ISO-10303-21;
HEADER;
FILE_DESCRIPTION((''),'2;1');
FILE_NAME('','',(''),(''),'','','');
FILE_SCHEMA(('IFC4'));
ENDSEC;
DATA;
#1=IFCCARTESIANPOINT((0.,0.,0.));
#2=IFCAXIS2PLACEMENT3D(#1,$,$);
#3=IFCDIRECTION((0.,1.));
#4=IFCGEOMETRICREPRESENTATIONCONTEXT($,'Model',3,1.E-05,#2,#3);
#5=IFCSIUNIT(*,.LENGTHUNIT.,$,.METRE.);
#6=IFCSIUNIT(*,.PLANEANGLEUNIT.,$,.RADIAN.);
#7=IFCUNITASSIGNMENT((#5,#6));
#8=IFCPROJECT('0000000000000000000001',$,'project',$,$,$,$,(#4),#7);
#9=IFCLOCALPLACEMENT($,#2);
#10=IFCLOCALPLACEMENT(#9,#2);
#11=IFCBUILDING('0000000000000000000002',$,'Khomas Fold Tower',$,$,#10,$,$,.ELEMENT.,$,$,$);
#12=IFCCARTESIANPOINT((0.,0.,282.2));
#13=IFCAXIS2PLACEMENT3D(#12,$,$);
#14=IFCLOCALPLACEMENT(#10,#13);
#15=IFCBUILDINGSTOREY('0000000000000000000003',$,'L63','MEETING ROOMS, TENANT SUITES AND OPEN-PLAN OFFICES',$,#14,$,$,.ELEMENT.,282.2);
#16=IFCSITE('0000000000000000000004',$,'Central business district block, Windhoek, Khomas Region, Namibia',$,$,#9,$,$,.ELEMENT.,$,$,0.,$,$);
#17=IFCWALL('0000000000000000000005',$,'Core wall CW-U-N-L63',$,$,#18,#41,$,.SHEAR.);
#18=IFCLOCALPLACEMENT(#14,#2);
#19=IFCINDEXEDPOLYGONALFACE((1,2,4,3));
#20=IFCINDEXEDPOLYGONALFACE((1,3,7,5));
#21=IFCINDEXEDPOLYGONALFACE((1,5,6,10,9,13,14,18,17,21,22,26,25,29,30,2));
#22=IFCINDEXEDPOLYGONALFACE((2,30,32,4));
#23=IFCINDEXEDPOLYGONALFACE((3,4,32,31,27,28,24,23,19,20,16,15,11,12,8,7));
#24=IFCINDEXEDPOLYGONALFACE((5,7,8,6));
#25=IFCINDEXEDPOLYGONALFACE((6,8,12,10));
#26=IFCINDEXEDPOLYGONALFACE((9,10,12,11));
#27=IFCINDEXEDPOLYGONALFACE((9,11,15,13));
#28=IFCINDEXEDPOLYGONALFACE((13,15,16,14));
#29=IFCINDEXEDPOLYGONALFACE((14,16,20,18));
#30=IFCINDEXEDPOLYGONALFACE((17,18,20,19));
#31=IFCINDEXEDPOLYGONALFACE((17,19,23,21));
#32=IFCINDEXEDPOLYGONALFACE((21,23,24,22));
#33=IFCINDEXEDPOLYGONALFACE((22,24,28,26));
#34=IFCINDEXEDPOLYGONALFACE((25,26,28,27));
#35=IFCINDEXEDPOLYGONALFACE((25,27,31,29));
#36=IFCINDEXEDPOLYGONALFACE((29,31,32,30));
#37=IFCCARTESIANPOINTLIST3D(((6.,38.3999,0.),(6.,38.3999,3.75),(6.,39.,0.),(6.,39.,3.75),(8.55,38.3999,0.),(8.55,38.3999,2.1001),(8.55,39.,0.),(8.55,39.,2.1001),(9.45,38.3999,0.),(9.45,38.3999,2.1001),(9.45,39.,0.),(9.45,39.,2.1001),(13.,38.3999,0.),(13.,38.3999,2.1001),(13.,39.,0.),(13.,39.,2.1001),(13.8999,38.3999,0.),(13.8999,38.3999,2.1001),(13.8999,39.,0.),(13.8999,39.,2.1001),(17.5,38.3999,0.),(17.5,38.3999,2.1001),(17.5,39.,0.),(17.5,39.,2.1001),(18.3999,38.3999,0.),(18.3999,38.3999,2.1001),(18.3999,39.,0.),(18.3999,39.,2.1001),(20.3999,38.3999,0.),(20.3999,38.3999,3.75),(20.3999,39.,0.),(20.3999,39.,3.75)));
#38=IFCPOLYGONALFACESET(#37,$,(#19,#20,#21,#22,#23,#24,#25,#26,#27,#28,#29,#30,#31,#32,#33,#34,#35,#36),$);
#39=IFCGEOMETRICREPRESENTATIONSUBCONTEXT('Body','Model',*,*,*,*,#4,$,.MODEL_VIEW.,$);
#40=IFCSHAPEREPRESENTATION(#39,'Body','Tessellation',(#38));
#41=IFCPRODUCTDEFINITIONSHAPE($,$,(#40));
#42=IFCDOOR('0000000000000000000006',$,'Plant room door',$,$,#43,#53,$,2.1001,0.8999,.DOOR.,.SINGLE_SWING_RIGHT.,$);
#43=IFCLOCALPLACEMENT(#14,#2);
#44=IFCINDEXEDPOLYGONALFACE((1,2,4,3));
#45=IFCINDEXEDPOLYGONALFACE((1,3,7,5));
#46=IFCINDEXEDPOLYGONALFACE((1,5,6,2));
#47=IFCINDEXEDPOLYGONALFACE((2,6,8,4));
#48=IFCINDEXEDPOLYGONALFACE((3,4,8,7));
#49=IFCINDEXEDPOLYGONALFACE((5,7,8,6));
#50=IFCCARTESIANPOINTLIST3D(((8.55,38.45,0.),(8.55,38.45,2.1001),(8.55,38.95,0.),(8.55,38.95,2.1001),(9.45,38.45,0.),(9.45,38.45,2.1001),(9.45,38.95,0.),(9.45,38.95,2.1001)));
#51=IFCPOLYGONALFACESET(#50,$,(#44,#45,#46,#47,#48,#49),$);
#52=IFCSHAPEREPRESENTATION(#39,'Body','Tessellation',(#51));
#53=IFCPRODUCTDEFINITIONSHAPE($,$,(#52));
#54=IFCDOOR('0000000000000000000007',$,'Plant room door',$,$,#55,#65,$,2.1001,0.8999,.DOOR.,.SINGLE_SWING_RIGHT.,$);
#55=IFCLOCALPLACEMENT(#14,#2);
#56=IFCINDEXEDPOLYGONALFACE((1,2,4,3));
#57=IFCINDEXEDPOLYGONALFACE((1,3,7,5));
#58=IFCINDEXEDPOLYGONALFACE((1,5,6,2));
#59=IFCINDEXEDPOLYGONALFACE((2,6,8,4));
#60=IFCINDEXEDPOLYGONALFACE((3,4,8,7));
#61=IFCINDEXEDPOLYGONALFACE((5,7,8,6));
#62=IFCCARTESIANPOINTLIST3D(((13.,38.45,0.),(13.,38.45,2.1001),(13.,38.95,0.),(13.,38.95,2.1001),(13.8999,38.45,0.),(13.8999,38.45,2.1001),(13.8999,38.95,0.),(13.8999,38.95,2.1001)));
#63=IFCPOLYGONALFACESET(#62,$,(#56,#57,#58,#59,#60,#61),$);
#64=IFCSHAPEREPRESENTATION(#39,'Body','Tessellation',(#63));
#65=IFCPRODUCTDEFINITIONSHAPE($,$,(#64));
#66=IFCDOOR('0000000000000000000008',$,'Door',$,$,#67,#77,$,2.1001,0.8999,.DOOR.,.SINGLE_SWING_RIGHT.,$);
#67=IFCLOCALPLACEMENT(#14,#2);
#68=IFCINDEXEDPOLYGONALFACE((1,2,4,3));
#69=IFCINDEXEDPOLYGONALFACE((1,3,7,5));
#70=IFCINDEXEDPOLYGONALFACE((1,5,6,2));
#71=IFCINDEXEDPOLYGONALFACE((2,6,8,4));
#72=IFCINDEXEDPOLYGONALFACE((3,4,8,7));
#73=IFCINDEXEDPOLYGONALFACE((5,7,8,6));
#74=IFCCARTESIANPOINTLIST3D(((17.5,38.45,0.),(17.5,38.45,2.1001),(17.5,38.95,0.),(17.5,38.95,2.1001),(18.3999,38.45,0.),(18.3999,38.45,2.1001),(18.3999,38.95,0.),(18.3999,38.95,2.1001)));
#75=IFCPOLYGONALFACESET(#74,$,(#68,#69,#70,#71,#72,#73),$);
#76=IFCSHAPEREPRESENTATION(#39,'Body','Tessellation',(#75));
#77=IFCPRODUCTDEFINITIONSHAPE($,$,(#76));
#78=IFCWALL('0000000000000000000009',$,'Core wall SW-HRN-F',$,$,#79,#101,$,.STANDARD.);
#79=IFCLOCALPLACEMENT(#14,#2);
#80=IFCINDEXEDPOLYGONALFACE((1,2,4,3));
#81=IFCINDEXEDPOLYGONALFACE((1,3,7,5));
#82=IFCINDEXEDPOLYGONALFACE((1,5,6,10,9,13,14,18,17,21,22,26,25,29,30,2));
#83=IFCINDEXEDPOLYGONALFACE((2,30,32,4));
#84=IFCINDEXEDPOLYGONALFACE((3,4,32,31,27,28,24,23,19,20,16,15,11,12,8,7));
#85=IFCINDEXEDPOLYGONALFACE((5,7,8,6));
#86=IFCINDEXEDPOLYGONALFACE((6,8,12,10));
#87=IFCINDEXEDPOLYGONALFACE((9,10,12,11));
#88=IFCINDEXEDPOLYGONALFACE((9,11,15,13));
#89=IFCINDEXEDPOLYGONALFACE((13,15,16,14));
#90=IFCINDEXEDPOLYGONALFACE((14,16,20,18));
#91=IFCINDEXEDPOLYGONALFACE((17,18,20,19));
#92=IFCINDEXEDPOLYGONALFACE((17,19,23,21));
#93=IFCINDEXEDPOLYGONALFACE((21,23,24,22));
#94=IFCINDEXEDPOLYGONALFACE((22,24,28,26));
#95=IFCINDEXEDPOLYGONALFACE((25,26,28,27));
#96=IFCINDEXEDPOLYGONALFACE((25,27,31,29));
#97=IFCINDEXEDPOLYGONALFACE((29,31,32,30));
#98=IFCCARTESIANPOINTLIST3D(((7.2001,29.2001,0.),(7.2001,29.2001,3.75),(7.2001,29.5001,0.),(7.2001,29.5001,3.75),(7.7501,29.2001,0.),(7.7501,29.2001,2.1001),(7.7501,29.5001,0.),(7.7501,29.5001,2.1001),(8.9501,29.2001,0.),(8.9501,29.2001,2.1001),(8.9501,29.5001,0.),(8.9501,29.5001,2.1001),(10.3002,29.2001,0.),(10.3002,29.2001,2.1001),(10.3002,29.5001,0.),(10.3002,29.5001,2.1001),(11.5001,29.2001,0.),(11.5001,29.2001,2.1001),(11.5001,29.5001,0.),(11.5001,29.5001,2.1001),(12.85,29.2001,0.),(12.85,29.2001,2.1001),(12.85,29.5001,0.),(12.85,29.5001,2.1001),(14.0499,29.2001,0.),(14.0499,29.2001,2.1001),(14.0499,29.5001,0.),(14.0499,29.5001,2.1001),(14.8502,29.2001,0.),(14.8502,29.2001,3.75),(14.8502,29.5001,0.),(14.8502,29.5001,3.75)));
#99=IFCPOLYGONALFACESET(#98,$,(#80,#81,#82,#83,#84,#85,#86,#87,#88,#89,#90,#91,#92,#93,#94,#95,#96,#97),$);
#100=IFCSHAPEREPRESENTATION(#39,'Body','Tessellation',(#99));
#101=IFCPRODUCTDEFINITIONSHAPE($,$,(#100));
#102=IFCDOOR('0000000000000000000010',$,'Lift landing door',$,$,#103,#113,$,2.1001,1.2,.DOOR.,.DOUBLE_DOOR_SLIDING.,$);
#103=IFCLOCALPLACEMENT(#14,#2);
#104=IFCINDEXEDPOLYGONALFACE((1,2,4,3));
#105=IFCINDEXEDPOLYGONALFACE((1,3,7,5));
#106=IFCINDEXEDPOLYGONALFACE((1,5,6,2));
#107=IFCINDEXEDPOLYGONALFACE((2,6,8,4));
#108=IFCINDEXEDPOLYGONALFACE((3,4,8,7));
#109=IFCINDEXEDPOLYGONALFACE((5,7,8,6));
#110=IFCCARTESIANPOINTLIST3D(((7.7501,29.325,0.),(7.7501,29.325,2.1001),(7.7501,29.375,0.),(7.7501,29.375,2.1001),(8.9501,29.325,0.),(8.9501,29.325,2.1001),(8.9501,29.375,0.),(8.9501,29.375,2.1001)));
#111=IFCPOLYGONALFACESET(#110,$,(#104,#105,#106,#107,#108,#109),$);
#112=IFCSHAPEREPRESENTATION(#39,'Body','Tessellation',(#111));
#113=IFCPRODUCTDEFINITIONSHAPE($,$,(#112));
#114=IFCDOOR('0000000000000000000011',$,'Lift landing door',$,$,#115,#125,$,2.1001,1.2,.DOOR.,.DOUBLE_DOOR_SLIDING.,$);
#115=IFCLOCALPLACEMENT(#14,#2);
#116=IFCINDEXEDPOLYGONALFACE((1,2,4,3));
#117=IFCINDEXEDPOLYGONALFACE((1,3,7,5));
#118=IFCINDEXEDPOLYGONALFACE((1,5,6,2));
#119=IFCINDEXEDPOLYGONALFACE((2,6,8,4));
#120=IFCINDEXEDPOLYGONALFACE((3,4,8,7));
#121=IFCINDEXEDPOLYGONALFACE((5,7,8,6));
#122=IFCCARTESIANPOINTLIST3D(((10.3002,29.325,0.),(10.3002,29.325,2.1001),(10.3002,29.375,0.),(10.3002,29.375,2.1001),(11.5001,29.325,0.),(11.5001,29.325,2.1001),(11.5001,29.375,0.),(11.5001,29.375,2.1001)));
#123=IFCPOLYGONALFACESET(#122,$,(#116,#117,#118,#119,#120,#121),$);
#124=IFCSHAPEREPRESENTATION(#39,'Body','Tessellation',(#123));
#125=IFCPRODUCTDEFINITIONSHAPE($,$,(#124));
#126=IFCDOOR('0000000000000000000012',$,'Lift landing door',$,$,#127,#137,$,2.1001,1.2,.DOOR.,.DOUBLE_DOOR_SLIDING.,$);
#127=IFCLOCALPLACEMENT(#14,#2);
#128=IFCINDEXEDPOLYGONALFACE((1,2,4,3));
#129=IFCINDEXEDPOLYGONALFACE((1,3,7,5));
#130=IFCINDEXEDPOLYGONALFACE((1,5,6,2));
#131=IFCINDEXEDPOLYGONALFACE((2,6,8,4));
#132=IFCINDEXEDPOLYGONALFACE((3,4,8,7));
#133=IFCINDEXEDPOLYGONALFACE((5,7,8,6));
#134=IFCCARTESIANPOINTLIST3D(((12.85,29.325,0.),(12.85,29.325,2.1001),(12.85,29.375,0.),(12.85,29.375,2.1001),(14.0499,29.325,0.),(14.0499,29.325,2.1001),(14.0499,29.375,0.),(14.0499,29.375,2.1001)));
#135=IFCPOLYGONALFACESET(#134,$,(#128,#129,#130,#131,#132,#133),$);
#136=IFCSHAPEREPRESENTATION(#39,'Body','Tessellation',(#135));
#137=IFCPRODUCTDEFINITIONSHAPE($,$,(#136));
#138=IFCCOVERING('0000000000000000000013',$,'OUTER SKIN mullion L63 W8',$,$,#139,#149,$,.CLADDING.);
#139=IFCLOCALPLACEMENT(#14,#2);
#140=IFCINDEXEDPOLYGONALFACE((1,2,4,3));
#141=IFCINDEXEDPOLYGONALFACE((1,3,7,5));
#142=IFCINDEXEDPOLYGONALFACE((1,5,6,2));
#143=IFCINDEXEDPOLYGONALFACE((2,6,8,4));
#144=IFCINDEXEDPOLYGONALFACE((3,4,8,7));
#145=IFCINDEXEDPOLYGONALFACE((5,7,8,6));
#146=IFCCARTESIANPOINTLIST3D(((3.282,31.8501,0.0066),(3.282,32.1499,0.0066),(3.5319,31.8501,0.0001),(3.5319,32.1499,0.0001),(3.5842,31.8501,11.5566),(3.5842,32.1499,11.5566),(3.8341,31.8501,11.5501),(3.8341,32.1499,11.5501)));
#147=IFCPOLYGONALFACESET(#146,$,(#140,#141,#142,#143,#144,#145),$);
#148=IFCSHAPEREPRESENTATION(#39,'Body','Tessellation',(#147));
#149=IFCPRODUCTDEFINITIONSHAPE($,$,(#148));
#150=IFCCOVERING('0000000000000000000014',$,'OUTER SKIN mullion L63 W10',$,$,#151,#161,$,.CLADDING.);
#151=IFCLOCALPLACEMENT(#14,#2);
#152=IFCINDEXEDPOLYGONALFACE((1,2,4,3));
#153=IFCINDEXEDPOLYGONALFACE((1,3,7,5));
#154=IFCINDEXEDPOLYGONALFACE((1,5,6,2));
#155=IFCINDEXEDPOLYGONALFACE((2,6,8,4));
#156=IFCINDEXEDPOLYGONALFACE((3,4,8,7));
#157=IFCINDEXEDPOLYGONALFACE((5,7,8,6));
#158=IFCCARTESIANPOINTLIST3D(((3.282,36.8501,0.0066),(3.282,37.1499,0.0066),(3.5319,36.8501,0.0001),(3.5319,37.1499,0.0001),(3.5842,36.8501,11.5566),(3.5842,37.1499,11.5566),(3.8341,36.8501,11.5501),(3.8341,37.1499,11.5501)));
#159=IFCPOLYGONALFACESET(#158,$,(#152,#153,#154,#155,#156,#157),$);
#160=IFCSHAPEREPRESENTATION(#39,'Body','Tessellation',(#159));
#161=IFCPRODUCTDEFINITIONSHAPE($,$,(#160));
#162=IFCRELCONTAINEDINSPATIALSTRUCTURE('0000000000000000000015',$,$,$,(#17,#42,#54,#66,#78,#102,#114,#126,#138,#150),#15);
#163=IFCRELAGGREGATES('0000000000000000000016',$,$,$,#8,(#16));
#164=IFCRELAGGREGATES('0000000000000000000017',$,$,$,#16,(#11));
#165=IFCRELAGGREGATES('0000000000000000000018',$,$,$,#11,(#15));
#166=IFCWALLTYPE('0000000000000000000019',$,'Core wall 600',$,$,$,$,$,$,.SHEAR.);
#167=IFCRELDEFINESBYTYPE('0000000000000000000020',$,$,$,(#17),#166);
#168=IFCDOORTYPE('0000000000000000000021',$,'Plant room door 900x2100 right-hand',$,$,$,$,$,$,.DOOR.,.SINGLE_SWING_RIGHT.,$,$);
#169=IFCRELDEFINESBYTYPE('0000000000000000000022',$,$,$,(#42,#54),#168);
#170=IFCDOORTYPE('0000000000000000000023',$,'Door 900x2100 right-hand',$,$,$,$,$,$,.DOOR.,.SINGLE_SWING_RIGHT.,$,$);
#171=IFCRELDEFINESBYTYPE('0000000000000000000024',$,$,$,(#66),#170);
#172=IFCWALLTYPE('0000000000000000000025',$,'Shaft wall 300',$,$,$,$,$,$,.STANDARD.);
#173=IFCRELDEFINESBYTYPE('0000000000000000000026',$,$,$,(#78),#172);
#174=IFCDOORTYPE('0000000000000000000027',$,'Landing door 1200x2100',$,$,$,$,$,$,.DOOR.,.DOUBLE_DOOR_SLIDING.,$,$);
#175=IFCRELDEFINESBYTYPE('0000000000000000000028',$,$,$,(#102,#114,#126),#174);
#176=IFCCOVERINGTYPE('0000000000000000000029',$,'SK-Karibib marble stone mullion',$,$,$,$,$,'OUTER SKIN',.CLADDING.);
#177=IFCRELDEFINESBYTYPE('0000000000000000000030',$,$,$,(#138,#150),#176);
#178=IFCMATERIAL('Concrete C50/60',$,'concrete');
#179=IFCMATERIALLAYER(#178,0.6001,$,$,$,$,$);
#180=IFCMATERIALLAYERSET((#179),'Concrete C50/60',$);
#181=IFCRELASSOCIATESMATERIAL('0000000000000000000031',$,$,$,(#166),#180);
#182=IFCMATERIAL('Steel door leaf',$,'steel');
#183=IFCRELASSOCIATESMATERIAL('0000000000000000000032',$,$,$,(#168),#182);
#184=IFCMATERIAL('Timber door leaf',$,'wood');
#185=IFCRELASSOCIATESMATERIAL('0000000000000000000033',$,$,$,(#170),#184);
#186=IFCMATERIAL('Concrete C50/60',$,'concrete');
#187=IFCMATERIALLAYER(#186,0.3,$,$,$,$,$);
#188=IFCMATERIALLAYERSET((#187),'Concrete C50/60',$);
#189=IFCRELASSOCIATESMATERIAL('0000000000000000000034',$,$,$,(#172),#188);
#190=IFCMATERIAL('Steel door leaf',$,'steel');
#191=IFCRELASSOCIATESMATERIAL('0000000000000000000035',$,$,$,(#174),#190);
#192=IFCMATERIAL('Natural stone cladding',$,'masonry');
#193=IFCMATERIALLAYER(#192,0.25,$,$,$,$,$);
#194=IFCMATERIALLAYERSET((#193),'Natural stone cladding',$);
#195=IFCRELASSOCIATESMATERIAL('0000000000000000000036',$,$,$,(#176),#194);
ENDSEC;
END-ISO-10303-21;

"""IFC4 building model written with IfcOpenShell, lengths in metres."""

from ifc_helpers import new_model, si_unit, direction, frame, frame_2d, origin, place, context, subcontext, project, spatial, polyline, rectangle, outline, extrude, source, transform, mapped, material, layer, layer_set, type_object, element, fill, save


model = new_model("IFC4")

# Units and contexts
model_context = context("Model", 3, precision=1e-05, world=origin(), true_north=direction((0.0, 1.0)))
body_context = subcontext(model_context, "Body", "Model", "MODEL_VIEW")
ifc_project = project(units=[si_unit("LENGTHUNIT", "METRE"), si_unit("PLANEANGLEUNIT", "RADIAN")], contexts=[model_context])

# Site, building, storey
site_placement = place(None, origin())
site = spatial("IfcSite", under=ifc_project, at=site_placement, Name="Central business district block, Windhoek, Khomas Region, Namibia", CompositionType="ELEMENT", RefElevation=0.0)
building_placement = place(site_placement, origin())
building = spatial("IfcBuilding", under=site, at=building_placement, Name="Khomas Fold Tower", CompositionType="ELEMENT")
storey_placement = place(building_placement, frame((0.0, 0.0, 282.2)))
storey = spatial("IfcBuildingStorey", under=building, at=storey_placement, Name="L63", Description="MEETING ROOMS, TENANT SUITES AND OPEN-PLAN OFFICES", CompositionType="ELEMENT", Elevation=282.2)

# Walls, openings, doors
ifc_material_1 = material(Name="Concrete C50/60", Category="concrete")
ifc_layer_1 = layer(ifc_material_1, 0.6001)
ifc_layer_set_1 = layer_set([ifc_layer_1], Name="Concrete C50/60")
wall_type_1 = type_object("IfcWallType", Name="Core wall 600", PredefinedType="SHEAR", material=ifc_layer_set_1)
shared_shape_1 = source(origin(), body_context, "Body", "SweptSolid", [
    extrude(rectangle(XDim=14.3999, YDim=0.6001, at=frame_2d((7.2, 0.0))), origin(), (0.0, 0.0, 1.0), 3.75),
])
wall_1_placement = place(storey_placement, frame((6.0, 38.7, 0.0), z_axis=(0.0, 0.0, 1.0), x_axis=(1.0, 0.0, 0.0)))
wall_1 = element("IfcWall", 1, at=wall_1_placement, inside=storey, type_object=wall_type_1, Name="Core wall CW-U-N-L63", PredefinedType="SHEAR", context=body_context, shape_type="MappedRepresentation", body=[
    mapped(shared_shape_1, transform((0.0, 0.0, 0.0))),
])
shared_shape_2 = source(origin(), body_context, "Body", "SweptSolid", [
    extrude(rectangle(XDim=0.8999, YDim=2.1001, at=frame_2d((0.45, 1.05))), frame((0.0, 0.3101, 0.0), z_axis=(0.0, -1.0, 0.0), x_axis=(1.0, 0.0, 0.0)), (0.0, 0.0, 1.0), 0.6201),
])
opening_1_placement = place(wall_1_placement, frame((2.55, 0.0, 0.0)))
opening_1 = element("IfcOpeningElement", 2, at=opening_1_placement, cuts=wall_1, PredefinedType="OPENING", context=body_context, shape_type="MappedRepresentation", body=[
    mapped(shared_shape_2, transform((0.0, 0.0, 0.0))),
])
opening_2_placement = place(wall_1_placement, frame((7.0, 0.0, 0.0)))
opening_2 = element("IfcOpeningElement", 3, at=opening_2_placement, cuts=wall_1, PredefinedType="OPENING", context=body_context, shape_type="MappedRepresentation", body=[
    mapped(shared_shape_2, transform((0.0, 0.0, 0.0))),
])
opening_3_placement = place(wall_1_placement, frame((11.5, 0.0, 0.0)))
opening_3 = element("IfcOpeningElement", 4, at=opening_3_placement, cuts=wall_1, PredefinedType="OPENING", context=body_context, shape_type="MappedRepresentation", body=[
    mapped(shared_shape_2, transform((0.0, 0.0, 0.0))),
])
ifc_material_2 = material(Name="Steel door leaf", Category="steel")
door_type_1 = type_object("IfcDoorType", Name="Plant room door 900x2100 right-hand", OperationType="SINGLE_SWING_RIGHT", PredefinedType="DOOR", material=ifc_material_2)
shared_shape_3 = source(origin(), body_context, "Body", "SweptSolid", [
    extrude(rectangle(XDim=0.8999, YDim=2.1001, at=frame_2d((0.45, 1.05))), frame((0.0, 0.25, 0.0), z_axis=(0.0, -1.0, 0.0), x_axis=(1.0, 0.0, 0.0)), (0.0, 0.0, 1.0), 0.5),
])
door_1_placement = place(opening_1_placement, origin())
door_1 = element("IfcDoor", 5, at=door_1_placement, inside=storey, type_object=door_type_1, Name="Plant room door", OperationType="SINGLE_SWING_RIGHT", OverallHeight=2.1001, OverallWidth=0.8999, PredefinedType="DOOR", context=body_context, shape_type="MappedRepresentation", body=[
    mapped(shared_shape_3, transform((0.0, 0.0, 0.0))),
])
fill(opening_1, door_1)
door_2_placement = place(opening_2_placement, origin())
door_2 = element("IfcDoor", 6, at=door_2_placement, inside=storey, type_object=door_type_1, Name="Plant room door", OperationType="SINGLE_SWING_RIGHT", OverallHeight=2.1001, OverallWidth=0.8999, PredefinedType="DOOR", context=body_context, shape_type="MappedRepresentation", body=[
    mapped(shared_shape_3, transform((0.0, 0.0, 0.0))),
])
fill(opening_2, door_2)
ifc_material_3 = material(Name="Timber door leaf", Category="wood")
door_type_2 = type_object("IfcDoorType", Name="Door 900x2100 right-hand", OperationType="SINGLE_SWING_RIGHT", PredefinedType="DOOR", material=ifc_material_3)
door_3_placement = place(opening_3_placement, origin())
door_3 = element("IfcDoor", 7, at=door_3_placement, inside=storey, type_object=door_type_2, Name="Door", OperationType="SINGLE_SWING_RIGHT", OverallHeight=2.1001, OverallWidth=0.8999, PredefinedType="DOOR", context=body_context, shape_type="MappedRepresentation", body=[
    mapped(shared_shape_3, transform((0.0, 0.0, 0.0))),
])
fill(opening_3, door_3)
ifc_material_4 = material(Name="Concrete C50/60", Category="concrete")
ifc_layer_2 = layer(ifc_material_4, 0.3)
ifc_layer_set_2 = layer_set([ifc_layer_2], Name="Concrete C50/60")
wall_type_2 = type_object("IfcWallType", Name="Shaft wall 300", PredefinedType="STANDARD", material=ifc_layer_set_2)
shared_shape_4 = source(origin(), body_context, "Body", "SweptSolid", [
    extrude(rectangle(XDim=7.6501, YDim=0.3, at=frame_2d((3.8252, 0.0))), origin(), (0.0, 0.0, 1.0), 3.75),
])
wall_2_placement = place(storey_placement, frame((7.2, 29.3501, 0.0), z_axis=(0.0, 0.0, 1.0), x_axis=(1.0, 0.0, 0.0)))
wall_2 = element("IfcWall", 8, at=wall_2_placement, inside=storey, type_object=wall_type_2, Name="Core wall SW-HRN-F", PredefinedType="STANDARD", context=body_context, shape_type="MappedRepresentation", body=[
    mapped(shared_shape_4, transform((0.0, 0.0, 0.0))),
])
shared_shape_5 = source(origin(), body_context, "Body", "SweptSolid", [
    extrude(rectangle(XDim=1.2, YDim=2.1001, at=frame_2d((0.6001, 1.05))), frame((0.0, 0.1599, 0.0), z_axis=(0.0, -1.0, 0.0), x_axis=(1.0, 0.0, 0.0)), (0.0, 0.0, 1.0), 0.3201),
])
opening_4_placement = place(wall_2_placement, frame((0.55, 0.0, 0.0)))
opening_4 = element("IfcOpeningElement", 9, at=opening_4_placement, cuts=wall_2, PredefinedType="OPENING", context=body_context, shape_type="MappedRepresentation", body=[
    mapped(shared_shape_5, transform((0.0, 0.0, 0.0))),
])
opening_5_placement = place(wall_2_placement, frame((3.1001, 0.0, 0.0)))
opening_5 = element("IfcOpeningElement", 10, at=opening_5_placement, cuts=wall_2, PredefinedType="OPENING", context=body_context, shape_type="MappedRepresentation", body=[
    mapped(shared_shape_5, transform((0.0, 0.0, 0.0))),
])
opening_6_placement = place(wall_2_placement, frame((5.6499, 0.0, 0.0)))
opening_6 = element("IfcOpeningElement", 11, at=opening_6_placement, cuts=wall_2, PredefinedType="OPENING", context=body_context, shape_type="MappedRepresentation", body=[
    mapped(shared_shape_5, transform((0.0, 0.0, 0.0))),
])
ifc_material_5 = material(Name="Steel door leaf", Category="steel")
door_type_3 = type_object("IfcDoorType", Name="Landing door 1200x2100", OperationType="DOUBLE_DOOR_SLIDING", PredefinedType="DOOR", material=ifc_material_5)
shared_shape_6 = source(origin(), body_context, "Body", "SweptSolid", [
    extrude(rectangle(XDim=1.2, YDim=2.1001, at=frame_2d((0.6001, 1.05))), frame((0.0, 0.0249, 0.0), z_axis=(0.0, -1.0, 0.0), x_axis=(1.0, 0.0, 0.0)), (0.0, 0.0, 1.0), 0.05),
])
door_4_placement = place(opening_4_placement, origin())
door_4 = element("IfcDoor", 12, at=door_4_placement, inside=storey, type_object=door_type_3, Name="Lift landing door", OperationType="DOUBLE_DOOR_SLIDING", OverallHeight=2.1001, OverallWidth=1.2, PredefinedType="DOOR", context=body_context, shape_type="MappedRepresentation", body=[
    mapped(shared_shape_6, transform((0.0, 0.0, 0.0))),
])
fill(opening_4, door_4)
door_5_placement = place(opening_5_placement, origin())
door_5 = element("IfcDoor", 13, at=door_5_placement, inside=storey, type_object=door_type_3, Name="Lift landing door", OperationType="DOUBLE_DOOR_SLIDING", OverallHeight=2.1001, OverallWidth=1.2, PredefinedType="DOOR", context=body_context, shape_type="MappedRepresentation", body=[
    mapped(shared_shape_6, transform((0.0, 0.0, 0.0))),
])
fill(opening_5, door_5)
door_6_placement = place(opening_6_placement, origin())
door_6 = element("IfcDoor", 14, at=door_6_placement, inside=storey, type_object=door_type_3, Name="Lift landing door", OperationType="DOUBLE_DOOR_SLIDING", OverallHeight=2.1001, OverallWidth=1.2, PredefinedType="DOOR", context=body_context, shape_type="MappedRepresentation", body=[
    mapped(shared_shape_6, transform((0.0, 0.0, 0.0))),
])
fill(opening_6, door_6)

# Coverings
ifc_material_6 = material(Name="Natural stone cladding", Category="masonry")
ifc_layer_3 = layer(ifc_material_6, 0.25)
ifc_layer_set_3 = layer_set([ifc_layer_3], Name="Natural stone cladding")
covering_type_1 = type_object("IfcCoveringType", Name="SK-Karibib marble stone mullion", ElementType="OUTER SKIN", PredefinedType="CLADDING", material=ifc_layer_set_3)
for number, where, z_axis, x_axis, name in (
    (15, (3.282, 31.8501, 0.0066), (-0.999658, 0.0, 0.026159), (0.0, 1.0, 0.0), "OUTER SKIN mullion L63 W8"),
    (16, (3.282, 36.8501, 0.0066), (-0.999658, 0.0, 0.026159), (0.0, 1.0, 0.0), "OUTER SKIN mullion L63 W10"),
):
    element("IfcCovering", number, at=place(storey_placement, frame(where, z_axis=z_axis, x_axis=x_axis)), inside=storey, type_object=covering_type_1, Name=name, PredefinedType="CLADDING", context=body_context, shape_type="SweptSolid", body=[
        extrude(outline(polyline([(0.0, 0.0), (0.2998, 0.0), (0.2998, -11.554), (0.0, -11.554), (0.0, 0.0)])), origin(), (0.0, 0.0, -1.0), 0.25),
    ])

save(model, "model.ifc")
